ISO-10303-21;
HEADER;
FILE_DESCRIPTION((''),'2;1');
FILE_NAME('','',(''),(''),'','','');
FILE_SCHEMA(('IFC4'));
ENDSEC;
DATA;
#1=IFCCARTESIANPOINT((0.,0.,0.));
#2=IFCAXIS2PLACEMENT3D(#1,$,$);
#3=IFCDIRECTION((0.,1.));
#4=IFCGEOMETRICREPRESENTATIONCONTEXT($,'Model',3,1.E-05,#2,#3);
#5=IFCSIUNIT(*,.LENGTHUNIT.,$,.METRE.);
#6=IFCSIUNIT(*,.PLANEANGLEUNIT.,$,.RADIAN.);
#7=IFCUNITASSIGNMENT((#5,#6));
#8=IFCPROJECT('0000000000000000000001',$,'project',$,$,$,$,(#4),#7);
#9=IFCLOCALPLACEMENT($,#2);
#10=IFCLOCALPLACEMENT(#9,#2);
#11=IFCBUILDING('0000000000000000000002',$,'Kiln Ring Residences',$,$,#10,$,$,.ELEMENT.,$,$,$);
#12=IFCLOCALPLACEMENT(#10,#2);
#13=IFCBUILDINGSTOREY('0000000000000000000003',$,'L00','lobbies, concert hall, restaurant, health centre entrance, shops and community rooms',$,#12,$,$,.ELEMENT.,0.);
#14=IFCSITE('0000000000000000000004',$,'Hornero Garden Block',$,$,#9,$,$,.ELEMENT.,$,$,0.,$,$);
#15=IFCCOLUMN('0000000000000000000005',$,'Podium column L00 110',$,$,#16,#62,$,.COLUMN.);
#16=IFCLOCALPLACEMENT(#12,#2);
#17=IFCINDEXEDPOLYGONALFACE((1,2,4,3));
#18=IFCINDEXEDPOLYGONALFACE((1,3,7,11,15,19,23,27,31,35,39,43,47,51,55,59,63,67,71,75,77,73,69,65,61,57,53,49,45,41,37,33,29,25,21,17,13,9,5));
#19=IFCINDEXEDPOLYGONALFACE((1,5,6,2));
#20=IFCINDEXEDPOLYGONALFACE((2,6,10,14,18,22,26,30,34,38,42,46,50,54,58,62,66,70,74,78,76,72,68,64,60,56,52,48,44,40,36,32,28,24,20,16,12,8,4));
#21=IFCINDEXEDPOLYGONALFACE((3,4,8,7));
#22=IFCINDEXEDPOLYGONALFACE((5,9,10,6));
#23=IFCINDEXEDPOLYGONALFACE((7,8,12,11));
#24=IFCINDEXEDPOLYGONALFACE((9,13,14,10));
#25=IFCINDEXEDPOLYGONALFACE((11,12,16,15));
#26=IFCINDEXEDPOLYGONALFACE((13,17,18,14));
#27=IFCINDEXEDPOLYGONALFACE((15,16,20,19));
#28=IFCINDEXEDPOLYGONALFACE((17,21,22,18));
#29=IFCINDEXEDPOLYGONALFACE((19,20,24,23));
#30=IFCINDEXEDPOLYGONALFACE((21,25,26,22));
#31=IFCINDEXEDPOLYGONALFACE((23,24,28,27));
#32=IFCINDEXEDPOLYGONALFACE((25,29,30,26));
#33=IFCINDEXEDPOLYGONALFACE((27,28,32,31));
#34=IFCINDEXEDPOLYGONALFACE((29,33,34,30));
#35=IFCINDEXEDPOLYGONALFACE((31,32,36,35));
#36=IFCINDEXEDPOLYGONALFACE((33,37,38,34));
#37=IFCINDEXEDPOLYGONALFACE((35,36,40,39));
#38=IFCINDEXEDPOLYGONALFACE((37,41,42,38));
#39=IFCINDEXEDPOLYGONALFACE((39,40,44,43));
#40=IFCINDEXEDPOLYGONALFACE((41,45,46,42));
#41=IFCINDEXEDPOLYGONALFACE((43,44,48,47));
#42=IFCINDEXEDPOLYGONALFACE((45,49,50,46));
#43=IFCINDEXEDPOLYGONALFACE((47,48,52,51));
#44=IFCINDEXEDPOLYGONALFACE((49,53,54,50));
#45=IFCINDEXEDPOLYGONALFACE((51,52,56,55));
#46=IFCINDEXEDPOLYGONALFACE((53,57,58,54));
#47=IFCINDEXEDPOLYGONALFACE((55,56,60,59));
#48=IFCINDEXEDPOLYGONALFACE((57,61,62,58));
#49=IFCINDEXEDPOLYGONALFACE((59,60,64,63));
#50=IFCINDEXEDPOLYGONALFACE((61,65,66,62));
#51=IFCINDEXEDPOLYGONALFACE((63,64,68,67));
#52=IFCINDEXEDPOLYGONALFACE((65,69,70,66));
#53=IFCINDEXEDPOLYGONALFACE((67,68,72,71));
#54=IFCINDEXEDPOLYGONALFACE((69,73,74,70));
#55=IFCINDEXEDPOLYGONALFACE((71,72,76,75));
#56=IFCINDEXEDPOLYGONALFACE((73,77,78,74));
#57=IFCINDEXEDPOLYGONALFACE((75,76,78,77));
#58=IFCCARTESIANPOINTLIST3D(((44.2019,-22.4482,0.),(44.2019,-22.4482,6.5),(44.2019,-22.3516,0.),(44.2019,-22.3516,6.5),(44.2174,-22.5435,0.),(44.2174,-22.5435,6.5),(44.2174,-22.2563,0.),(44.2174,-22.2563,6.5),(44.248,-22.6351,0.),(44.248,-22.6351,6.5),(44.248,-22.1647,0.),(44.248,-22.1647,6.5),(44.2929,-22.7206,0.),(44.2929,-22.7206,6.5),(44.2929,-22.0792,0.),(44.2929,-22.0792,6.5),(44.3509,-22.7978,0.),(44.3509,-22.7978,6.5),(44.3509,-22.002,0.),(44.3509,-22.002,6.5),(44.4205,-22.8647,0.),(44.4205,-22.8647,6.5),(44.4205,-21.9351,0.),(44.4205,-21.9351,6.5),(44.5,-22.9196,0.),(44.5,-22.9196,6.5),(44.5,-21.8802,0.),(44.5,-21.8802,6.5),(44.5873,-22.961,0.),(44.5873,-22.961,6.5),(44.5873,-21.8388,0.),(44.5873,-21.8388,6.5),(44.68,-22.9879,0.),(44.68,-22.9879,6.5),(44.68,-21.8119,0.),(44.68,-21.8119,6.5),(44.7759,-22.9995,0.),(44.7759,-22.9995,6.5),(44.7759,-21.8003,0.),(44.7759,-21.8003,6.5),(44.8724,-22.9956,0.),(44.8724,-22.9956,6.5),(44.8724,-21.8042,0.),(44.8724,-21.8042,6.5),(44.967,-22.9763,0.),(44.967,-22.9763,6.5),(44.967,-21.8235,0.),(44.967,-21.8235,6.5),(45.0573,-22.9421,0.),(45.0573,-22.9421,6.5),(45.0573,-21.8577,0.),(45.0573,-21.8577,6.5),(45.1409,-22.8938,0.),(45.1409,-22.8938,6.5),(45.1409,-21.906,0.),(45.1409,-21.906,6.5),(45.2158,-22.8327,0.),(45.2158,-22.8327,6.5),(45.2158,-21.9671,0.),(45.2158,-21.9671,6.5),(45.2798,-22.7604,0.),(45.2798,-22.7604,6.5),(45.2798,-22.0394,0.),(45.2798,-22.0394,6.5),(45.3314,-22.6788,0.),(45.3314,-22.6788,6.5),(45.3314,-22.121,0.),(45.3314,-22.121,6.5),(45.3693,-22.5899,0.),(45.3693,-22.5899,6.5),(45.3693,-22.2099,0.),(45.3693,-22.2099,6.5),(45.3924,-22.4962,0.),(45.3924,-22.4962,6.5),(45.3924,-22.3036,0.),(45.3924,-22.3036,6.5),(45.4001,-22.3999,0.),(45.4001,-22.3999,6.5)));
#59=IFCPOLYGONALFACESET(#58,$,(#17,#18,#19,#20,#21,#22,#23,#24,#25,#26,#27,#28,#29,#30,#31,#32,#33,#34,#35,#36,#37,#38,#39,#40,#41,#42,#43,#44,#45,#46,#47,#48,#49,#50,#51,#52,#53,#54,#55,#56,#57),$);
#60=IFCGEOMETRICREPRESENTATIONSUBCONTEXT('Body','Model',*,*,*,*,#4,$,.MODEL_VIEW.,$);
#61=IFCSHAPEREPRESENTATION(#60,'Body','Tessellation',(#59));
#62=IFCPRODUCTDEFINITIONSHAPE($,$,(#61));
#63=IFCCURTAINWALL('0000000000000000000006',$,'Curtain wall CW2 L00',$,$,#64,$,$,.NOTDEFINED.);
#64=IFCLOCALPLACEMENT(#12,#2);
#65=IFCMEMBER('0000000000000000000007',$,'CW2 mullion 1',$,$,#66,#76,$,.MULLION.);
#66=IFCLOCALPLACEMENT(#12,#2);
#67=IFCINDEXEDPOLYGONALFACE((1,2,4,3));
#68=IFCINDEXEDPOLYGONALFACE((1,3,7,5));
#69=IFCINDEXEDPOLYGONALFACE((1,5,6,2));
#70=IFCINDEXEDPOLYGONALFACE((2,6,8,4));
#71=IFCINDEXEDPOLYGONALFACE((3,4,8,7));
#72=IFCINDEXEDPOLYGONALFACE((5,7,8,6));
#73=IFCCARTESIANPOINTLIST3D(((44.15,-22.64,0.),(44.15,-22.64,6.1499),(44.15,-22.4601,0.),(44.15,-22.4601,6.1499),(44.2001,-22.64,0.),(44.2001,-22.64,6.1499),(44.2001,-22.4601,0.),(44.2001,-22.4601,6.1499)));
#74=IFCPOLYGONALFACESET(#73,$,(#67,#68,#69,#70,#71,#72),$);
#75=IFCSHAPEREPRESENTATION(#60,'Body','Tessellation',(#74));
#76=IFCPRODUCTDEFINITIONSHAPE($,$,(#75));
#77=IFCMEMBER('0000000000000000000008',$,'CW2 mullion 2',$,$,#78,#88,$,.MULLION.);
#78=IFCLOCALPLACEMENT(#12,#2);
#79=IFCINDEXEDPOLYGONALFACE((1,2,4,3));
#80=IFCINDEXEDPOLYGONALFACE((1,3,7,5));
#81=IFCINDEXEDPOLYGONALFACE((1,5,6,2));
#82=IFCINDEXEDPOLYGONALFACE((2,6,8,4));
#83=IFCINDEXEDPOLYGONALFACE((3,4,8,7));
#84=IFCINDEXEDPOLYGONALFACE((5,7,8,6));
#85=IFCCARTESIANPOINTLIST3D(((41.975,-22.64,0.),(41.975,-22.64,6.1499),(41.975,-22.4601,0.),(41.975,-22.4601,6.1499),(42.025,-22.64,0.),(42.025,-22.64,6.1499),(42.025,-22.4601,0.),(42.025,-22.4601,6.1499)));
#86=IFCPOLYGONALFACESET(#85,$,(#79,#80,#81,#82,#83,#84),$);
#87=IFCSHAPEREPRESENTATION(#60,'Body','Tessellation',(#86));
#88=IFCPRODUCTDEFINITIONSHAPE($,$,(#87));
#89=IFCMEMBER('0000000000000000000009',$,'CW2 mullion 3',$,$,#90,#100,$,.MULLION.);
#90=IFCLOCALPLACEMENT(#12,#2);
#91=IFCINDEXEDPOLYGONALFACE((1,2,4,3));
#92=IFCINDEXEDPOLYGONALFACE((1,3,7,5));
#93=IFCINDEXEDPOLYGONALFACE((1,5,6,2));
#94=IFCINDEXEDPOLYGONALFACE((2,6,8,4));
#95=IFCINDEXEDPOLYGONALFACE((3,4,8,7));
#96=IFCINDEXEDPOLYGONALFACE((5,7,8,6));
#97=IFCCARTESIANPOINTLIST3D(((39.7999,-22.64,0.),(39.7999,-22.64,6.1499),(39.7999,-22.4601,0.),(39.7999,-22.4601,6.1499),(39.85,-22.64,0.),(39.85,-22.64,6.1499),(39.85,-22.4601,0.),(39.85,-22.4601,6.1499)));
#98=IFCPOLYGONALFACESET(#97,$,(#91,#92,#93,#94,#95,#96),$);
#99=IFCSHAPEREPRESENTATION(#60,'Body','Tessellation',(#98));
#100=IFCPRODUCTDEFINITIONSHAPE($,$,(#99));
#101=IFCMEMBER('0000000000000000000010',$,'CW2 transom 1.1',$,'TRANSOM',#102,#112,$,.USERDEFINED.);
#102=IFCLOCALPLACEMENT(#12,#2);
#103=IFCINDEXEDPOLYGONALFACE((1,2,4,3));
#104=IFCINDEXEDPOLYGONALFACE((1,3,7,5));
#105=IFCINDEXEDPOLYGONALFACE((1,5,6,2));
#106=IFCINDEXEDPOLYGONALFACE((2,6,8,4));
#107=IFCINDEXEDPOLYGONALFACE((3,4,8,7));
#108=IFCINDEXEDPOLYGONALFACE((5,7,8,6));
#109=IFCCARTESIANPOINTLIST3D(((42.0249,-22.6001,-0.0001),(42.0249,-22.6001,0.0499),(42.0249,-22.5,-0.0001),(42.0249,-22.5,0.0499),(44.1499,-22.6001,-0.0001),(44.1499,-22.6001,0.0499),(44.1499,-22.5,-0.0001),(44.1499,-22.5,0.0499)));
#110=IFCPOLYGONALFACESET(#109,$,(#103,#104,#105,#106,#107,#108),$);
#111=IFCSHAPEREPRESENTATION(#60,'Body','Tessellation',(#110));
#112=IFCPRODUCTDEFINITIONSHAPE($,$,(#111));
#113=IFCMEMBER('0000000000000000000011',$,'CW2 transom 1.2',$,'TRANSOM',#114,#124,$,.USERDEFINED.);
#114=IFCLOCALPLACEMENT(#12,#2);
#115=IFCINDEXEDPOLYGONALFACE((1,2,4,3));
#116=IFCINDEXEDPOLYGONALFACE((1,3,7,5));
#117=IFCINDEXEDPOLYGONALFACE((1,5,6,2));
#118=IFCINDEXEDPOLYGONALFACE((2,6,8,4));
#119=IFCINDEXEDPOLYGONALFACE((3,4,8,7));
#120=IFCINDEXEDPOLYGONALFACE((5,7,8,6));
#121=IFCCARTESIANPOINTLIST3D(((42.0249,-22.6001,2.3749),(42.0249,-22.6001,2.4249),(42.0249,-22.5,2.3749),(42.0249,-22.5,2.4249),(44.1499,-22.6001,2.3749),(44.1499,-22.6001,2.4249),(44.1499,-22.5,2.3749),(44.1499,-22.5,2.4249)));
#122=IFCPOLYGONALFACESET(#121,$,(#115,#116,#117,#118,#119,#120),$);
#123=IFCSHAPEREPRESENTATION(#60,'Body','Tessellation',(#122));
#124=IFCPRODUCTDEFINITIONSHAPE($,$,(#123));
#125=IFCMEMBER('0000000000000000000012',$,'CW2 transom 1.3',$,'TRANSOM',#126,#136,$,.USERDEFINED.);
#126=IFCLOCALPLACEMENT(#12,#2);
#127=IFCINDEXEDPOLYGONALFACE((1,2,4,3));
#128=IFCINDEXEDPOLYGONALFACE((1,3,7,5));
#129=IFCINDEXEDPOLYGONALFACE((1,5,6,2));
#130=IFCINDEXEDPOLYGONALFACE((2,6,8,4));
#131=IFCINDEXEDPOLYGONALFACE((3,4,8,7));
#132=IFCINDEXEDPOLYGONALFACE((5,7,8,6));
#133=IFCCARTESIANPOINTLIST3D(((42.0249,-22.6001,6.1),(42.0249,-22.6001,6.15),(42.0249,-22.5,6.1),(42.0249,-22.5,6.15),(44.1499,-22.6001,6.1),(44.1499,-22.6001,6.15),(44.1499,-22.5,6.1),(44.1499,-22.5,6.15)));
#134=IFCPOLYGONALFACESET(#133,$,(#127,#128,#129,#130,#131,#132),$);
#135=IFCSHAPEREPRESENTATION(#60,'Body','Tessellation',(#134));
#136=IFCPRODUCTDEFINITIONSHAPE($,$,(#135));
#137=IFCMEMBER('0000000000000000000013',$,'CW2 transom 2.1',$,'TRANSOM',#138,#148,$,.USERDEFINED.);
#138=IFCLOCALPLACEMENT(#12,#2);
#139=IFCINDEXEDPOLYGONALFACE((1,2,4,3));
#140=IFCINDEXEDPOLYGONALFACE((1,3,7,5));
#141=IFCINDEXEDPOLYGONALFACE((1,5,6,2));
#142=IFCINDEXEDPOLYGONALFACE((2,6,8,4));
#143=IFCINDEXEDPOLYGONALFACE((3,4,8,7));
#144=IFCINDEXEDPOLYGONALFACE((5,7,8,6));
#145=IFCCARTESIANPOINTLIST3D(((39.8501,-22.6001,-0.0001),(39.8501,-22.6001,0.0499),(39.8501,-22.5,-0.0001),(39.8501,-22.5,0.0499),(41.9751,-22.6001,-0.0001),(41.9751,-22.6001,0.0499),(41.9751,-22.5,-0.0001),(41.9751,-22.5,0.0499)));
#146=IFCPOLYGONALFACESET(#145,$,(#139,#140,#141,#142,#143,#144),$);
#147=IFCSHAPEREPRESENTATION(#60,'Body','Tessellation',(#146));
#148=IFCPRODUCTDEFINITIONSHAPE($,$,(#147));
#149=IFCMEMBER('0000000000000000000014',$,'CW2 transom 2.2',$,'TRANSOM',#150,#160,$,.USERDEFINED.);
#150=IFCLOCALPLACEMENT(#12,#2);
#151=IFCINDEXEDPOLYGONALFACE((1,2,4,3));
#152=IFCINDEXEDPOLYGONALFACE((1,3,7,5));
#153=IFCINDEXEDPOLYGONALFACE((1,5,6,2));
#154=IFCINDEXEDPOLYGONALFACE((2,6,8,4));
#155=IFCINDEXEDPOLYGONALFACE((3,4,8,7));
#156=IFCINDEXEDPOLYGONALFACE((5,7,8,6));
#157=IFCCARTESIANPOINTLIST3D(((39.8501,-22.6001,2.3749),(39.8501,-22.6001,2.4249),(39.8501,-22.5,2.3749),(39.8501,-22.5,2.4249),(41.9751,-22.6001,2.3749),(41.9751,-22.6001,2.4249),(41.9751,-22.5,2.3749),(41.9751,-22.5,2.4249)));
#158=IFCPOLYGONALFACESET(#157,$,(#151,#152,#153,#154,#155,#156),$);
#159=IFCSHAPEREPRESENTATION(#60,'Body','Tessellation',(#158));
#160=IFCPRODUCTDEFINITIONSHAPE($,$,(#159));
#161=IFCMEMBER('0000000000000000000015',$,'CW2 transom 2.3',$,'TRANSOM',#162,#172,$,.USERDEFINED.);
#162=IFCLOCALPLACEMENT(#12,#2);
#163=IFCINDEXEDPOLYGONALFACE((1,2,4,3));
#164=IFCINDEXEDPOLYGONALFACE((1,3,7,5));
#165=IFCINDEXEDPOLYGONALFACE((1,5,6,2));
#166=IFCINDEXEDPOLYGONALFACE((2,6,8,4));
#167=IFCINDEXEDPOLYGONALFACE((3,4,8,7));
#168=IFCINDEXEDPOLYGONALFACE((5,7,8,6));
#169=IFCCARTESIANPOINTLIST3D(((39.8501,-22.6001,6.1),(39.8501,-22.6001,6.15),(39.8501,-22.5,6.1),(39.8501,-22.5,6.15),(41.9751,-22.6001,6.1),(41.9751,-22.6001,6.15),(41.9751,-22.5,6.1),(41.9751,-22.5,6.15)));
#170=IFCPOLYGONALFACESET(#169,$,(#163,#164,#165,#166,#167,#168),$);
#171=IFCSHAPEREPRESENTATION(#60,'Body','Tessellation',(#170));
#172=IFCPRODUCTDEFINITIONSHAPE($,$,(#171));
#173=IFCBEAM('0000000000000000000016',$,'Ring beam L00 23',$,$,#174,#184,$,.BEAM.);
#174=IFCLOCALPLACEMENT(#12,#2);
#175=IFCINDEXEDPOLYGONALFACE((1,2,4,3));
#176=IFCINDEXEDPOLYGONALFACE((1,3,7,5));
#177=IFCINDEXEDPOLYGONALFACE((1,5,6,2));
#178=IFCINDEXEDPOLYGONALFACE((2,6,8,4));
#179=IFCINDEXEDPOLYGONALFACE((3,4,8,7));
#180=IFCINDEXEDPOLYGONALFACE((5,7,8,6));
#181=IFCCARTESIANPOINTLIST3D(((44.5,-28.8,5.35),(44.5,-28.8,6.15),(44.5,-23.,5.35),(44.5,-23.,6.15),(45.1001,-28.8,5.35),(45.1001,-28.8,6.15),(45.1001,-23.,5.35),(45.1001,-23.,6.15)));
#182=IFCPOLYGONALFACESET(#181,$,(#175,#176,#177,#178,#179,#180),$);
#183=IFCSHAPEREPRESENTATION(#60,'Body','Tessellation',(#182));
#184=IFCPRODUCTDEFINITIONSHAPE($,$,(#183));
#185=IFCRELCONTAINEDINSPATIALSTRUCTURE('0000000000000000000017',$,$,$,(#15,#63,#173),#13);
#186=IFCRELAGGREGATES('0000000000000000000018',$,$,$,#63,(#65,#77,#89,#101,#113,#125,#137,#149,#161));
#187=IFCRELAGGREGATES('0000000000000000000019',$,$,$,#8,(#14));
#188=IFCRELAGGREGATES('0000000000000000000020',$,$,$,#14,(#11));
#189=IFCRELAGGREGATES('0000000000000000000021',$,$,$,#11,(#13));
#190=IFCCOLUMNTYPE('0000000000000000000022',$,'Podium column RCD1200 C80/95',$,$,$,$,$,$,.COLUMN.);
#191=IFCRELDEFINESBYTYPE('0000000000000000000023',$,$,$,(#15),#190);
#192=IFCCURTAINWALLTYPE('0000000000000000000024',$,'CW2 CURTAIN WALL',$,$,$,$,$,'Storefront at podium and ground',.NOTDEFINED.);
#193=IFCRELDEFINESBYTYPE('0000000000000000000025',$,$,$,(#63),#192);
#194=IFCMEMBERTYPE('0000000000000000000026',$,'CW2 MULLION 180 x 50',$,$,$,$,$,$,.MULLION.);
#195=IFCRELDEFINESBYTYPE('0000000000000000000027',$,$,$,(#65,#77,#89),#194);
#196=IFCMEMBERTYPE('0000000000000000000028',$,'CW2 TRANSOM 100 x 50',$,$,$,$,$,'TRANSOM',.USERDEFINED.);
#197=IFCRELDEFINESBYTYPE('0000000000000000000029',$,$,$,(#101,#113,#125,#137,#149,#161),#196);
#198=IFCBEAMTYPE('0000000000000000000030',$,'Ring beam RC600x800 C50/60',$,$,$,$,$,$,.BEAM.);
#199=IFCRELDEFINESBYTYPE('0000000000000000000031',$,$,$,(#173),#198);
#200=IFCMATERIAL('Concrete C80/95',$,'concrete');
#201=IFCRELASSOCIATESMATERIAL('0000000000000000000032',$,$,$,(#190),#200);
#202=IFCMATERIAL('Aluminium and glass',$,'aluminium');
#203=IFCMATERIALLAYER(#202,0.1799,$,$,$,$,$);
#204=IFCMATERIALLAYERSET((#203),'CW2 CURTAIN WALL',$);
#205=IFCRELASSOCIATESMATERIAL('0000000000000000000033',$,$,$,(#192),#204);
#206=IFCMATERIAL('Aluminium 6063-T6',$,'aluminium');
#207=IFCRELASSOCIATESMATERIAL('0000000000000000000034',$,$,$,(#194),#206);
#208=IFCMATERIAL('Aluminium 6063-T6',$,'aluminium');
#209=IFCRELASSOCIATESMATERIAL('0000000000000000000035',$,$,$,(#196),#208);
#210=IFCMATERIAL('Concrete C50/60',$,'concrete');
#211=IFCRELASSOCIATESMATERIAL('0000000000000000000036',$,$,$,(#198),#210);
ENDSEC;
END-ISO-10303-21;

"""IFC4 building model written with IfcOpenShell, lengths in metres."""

from ifc_helpers import new_model, si_unit, direction, frame, origin, origin_2d, place, context, subcontext, project, spatial, rectangle, circle, extrude, material, layer, layer_set, material_profile, profile_set, type_object, element, aggregate, save


model = new_model("IFC4")

# Units and contexts
model_context = context("Model", 3, precision=1e-05, world=origin(), true_north=direction((0.0, 1.0)))
body_context = subcontext(model_context, "Body", "Model", "MODEL_VIEW")
ifc_project = project(units=[si_unit("LENGTHUNIT", "METRE"), si_unit("PLANEANGLEUNIT", "RADIAN")], contexts=[model_context])

# Site, building, storey
site_placement = place(None, origin())
site = spatial("IfcSite", under=ifc_project, at=site_placement, Name="Hornero Garden Block", CompositionType="ELEMENT", RefElevation=0.0)
building_placement = place(site_placement, origin())
building = spatial("IfcBuilding", under=site, at=building_placement, Name="Kiln Ring Residences", CompositionType="ELEMENT")
storey_placement = place(building_placement, origin())
storey = spatial("IfcBuildingStorey", under=building, at=storey_placement, Name="L00", Description="lobbies, concert hall, restaurant, health centre entrance, shops and community rooms", CompositionType="ELEMENT", Elevation=0.0)

# Column
ifc_material_1 = material(Name="Concrete C80/95", Category="concrete")
ifc_material_profile_1 = material_profile(ifc_material_1, circle(Radius=0.6001, at=origin_2d()), Name="RCD1200")
ifc_profile_set_1 = profile_set([ifc_material_profile_1], Name="Concrete C80/95")
column_type = type_object("IfcColumnType", Name="Podium column RCD1200 C80/95", PredefinedType="COLUMN", material=ifc_profile_set_1)
column_placement = place(storey_placement, frame((44.8, -22.3999, 0.0), z_axis=(0.0, 0.0, 1.0), x_axis=(1.0, 0.0, 0.0)))
element("IfcColumn", 1, at=column_placement, inside=storey, type_object=column_type, Name="Podium column L00 110", PredefinedType="COLUMN", context=body_context, shape_type="SweptSolid", body=[
    extrude(circle(Radius=0.6001, at=origin_2d()), origin(), (0.0, 0.0, 1.0), 6.5),
])

# Curtain wall, members
ifc_material_2 = material(Name="Aluminium and glass", Category="aluminium")
ifc_layer_1 = layer(ifc_material_2, 0.1799)
ifc_layer_set_1 = layer_set([ifc_layer_1], Name="CW2 CURTAIN WALL")
curtain_wall_type = type_object("IfcCurtainWallType", Name="CW2 CURTAIN WALL", ElementType="Storefront at podium and ground", PredefinedType="NOTDEFINED", material=ifc_layer_set_1)
placement = place(storey_placement, origin())
curtain_wall = element("IfcCurtainWall", 2, at=placement, inside=storey, type_object=curtain_wall_type, Name="Curtain wall CW2 L00", PredefinedType="NOTDEFINED")
ifc_material_3 = material(Name="Aluminium 6063-T6", Category="aluminium")
ifc_material_profile_2 = material_profile(ifc_material_3, rectangle(XDim=0.1799, YDim=0.05, at=origin_2d()), Name="AL 180x50")
ifc_profile_set_2 = profile_set([ifc_material_profile_2], Name="Aluminium 6063-T6")
member_type_1 = type_object("IfcMemberType", Name="CW2 MULLION 180 x 50", PredefinedType="MULLION", material=ifc_profile_set_2)
member_1_placement = place(storey_placement, frame((44.175, -22.55, 0.0), z_axis=(0.0, 0.0, 1.0), x_axis=(0.0, -1.0, 0.0)))
member_1 = element("IfcMember", 3, at=member_1_placement, type_object=member_type_1, Name="CW2 mullion 1", PredefinedType="MULLION", context=body_context, shape_type="SweptSolid", body=[
    extrude(rectangle(XDim=0.1799, YDim=0.05, at=origin_2d()), origin(), (0.0, 0.0, 1.0), 6.1499),
])
member_2_placement = place(storey_placement, frame((42.0, -22.55, 0.0), z_axis=(0.0, 0.0, 1.0), x_axis=(0.0, -1.0, 0.0)))
member_2 = element("IfcMember", 4, at=member_2_placement, type_object=member_type_1, Name="CW2 mullion 2", PredefinedType="MULLION", context=body_context, shape_type="SweptSolid", body=[
    extrude(rectangle(XDim=0.1799, YDim=0.05, at=origin_2d()), origin(), (0.0, 0.0, 1.0), 6.1499),
])
member_3_placement = place(storey_placement, frame((39.825, -22.55, 0.0), z_axis=(0.0, 0.0, 1.0), x_axis=(0.0, -1.0, 0.0)))
member_3 = element("IfcMember", 5, at=member_3_placement, type_object=member_type_1, Name="CW2 mullion 3", PredefinedType="MULLION", context=body_context, shape_type="SweptSolid", body=[
    extrude(rectangle(XDim=0.1799, YDim=0.05, at=origin_2d()), origin(), (0.0, 0.0, 1.0), 6.1499),
])
ifc_material_4 = material(Name="Aluminium 6063-T6", Category="aluminium")
ifc_material_profile_3 = material_profile(ifc_material_4, rectangle(XDim=0.1001, YDim=0.05, at=origin_2d()), Name="AL 100x50")
ifc_profile_set_3 = profile_set([ifc_material_profile_3], Name="Aluminium 6063-T6")
member_type_2 = type_object("IfcMemberType", Name="CW2 TRANSOM 100 x 50", ElementType="TRANSOM", PredefinedType="USERDEFINED", material=ifc_profile_set_3)
member_4_placement = place(storey_placement, frame((44.1499, -22.55, 0.0249), z_axis=(-1.0, 0.0, 0.0), x_axis=(0.0, -1.0, 0.0)))
member_4 = element("IfcMember", 6, at=member_4_placement, type_object=member_type_2, Name="CW2 transom 1.1", ObjectType="TRANSOM", PredefinedType="USERDEFINED", context=body_context, shape_type="SweptSolid", body=[
    extrude(rectangle(XDim=0.1001, YDim=0.05, at=origin_2d()), origin(), (0.0, 0.0, 1.0), 2.125),
])
member_5_placement = place(storey_placement, frame((44.1499, -22.55, 2.3999), z_axis=(-1.0, 0.0, 0.0), x_axis=(0.0, -1.0, 0.0)))
member_5 = element("IfcMember", 7, at=member_5_placement, type_object=member_type_2, Name="CW2 transom 1.2", ObjectType="TRANSOM", PredefinedType="USERDEFINED", context=body_context, shape_type="SweptSolid", body=[
    extrude(rectangle(XDim=0.1001, YDim=0.05, at=origin_2d()), origin(), (0.0, 0.0, 1.0), 2.125),
])
member_6_placement = place(storey_placement, frame((44.1499, -22.55, 6.125), z_axis=(-1.0, 0.0, 0.0), x_axis=(0.0, -1.0, 0.0)))
member_6 = element("IfcMember", 8, at=member_6_placement, type_object=member_type_2, Name="CW2 transom 1.3", ObjectType="TRANSOM", PredefinedType="USERDEFINED", context=body_context, shape_type="SweptSolid", body=[
    extrude(rectangle(XDim=0.1001, YDim=0.05, at=origin_2d()), origin(), (0.0, 0.0, 1.0), 2.125),
])
member_7_placement = place(storey_placement, frame((41.9751, -22.55, 0.0249), z_axis=(-1.0, 0.0, 0.0), x_axis=(0.0, -1.0, 0.0)))
member_7 = element("IfcMember", 9, at=member_7_placement, type_object=member_type_2, Name="CW2 transom 2.1", ObjectType="TRANSOM", PredefinedType="USERDEFINED", context=body_context, shape_type="SweptSolid", body=[
    extrude(rectangle(XDim=0.1001, YDim=0.05, at=origin_2d()), origin(), (0.0, 0.0, 1.0), 2.125),
])
member_8_placement = place(storey_placement, frame((41.9751, -22.55, 2.3999), z_axis=(-1.0, 0.0, 0.0), x_axis=(0.0, -1.0, 0.0)))
member_8 = element("IfcMember", 10, at=member_8_placement, type_object=member_type_2, Name="CW2 transom 2.2", ObjectType="TRANSOM", PredefinedType="USERDEFINED", context=body_context, shape_type="SweptSolid", body=[
    extrude(rectangle(XDim=0.1001, YDim=0.05, at=origin_2d()), origin(), (0.0, 0.0, 1.0), 2.125),
])
member_9_placement = place(storey_placement, frame((41.9751, -22.55, 6.125), z_axis=(-1.0, 0.0, 0.0), x_axis=(0.0, -1.0, 0.0)))
member_9 = element("IfcMember", 11, at=member_9_placement, type_object=member_type_2, Name="CW2 transom 2.3", ObjectType="TRANSOM", PredefinedType="USERDEFINED", context=body_context, shape_type="SweptSolid", body=[
    extrude(rectangle(XDim=0.1001, YDim=0.05, at=origin_2d()), origin(), (0.0, 0.0, 1.0), 2.125),
])

# Beam
ifc_material_5 = material(Name="Concrete C50/60", Category="concrete")
ifc_material_profile_4 = material_profile(ifc_material_5, rectangle(XDim=0.6001, YDim=0.8, at=origin_2d()), Name="RC600x800")
ifc_profile_set_4 = profile_set([ifc_material_profile_4], Name="Concrete C50/60")
beam_type = type_object("IfcBeamType", Name="Ring beam RC600x800 C50/60", PredefinedType="BEAM", material=ifc_profile_set_4)
beam_placement = place(storey_placement, frame((44.8, -23.0, 5.75), z_axis=(0.0, -1.0, 0.0), x_axis=(1.0, 0.0, 0.0)))
element("IfcBeam", 12, at=beam_placement, inside=storey, type_object=beam_type, Name="Ring beam L00 23", PredefinedType="BEAM", context=body_context, shape_type="SweptSolid", body=[
    extrude(rectangle(XDim=0.6001, YDim=0.8, at=origin_2d()), origin(), (0.0, 0.0, 1.0), 5.8),
])

aggregate(curtain_wall, [member_1, member_2, member_3, member_4, member_5, member_6, member_7, member_8, member_9])

save(model, "model.ifc")
